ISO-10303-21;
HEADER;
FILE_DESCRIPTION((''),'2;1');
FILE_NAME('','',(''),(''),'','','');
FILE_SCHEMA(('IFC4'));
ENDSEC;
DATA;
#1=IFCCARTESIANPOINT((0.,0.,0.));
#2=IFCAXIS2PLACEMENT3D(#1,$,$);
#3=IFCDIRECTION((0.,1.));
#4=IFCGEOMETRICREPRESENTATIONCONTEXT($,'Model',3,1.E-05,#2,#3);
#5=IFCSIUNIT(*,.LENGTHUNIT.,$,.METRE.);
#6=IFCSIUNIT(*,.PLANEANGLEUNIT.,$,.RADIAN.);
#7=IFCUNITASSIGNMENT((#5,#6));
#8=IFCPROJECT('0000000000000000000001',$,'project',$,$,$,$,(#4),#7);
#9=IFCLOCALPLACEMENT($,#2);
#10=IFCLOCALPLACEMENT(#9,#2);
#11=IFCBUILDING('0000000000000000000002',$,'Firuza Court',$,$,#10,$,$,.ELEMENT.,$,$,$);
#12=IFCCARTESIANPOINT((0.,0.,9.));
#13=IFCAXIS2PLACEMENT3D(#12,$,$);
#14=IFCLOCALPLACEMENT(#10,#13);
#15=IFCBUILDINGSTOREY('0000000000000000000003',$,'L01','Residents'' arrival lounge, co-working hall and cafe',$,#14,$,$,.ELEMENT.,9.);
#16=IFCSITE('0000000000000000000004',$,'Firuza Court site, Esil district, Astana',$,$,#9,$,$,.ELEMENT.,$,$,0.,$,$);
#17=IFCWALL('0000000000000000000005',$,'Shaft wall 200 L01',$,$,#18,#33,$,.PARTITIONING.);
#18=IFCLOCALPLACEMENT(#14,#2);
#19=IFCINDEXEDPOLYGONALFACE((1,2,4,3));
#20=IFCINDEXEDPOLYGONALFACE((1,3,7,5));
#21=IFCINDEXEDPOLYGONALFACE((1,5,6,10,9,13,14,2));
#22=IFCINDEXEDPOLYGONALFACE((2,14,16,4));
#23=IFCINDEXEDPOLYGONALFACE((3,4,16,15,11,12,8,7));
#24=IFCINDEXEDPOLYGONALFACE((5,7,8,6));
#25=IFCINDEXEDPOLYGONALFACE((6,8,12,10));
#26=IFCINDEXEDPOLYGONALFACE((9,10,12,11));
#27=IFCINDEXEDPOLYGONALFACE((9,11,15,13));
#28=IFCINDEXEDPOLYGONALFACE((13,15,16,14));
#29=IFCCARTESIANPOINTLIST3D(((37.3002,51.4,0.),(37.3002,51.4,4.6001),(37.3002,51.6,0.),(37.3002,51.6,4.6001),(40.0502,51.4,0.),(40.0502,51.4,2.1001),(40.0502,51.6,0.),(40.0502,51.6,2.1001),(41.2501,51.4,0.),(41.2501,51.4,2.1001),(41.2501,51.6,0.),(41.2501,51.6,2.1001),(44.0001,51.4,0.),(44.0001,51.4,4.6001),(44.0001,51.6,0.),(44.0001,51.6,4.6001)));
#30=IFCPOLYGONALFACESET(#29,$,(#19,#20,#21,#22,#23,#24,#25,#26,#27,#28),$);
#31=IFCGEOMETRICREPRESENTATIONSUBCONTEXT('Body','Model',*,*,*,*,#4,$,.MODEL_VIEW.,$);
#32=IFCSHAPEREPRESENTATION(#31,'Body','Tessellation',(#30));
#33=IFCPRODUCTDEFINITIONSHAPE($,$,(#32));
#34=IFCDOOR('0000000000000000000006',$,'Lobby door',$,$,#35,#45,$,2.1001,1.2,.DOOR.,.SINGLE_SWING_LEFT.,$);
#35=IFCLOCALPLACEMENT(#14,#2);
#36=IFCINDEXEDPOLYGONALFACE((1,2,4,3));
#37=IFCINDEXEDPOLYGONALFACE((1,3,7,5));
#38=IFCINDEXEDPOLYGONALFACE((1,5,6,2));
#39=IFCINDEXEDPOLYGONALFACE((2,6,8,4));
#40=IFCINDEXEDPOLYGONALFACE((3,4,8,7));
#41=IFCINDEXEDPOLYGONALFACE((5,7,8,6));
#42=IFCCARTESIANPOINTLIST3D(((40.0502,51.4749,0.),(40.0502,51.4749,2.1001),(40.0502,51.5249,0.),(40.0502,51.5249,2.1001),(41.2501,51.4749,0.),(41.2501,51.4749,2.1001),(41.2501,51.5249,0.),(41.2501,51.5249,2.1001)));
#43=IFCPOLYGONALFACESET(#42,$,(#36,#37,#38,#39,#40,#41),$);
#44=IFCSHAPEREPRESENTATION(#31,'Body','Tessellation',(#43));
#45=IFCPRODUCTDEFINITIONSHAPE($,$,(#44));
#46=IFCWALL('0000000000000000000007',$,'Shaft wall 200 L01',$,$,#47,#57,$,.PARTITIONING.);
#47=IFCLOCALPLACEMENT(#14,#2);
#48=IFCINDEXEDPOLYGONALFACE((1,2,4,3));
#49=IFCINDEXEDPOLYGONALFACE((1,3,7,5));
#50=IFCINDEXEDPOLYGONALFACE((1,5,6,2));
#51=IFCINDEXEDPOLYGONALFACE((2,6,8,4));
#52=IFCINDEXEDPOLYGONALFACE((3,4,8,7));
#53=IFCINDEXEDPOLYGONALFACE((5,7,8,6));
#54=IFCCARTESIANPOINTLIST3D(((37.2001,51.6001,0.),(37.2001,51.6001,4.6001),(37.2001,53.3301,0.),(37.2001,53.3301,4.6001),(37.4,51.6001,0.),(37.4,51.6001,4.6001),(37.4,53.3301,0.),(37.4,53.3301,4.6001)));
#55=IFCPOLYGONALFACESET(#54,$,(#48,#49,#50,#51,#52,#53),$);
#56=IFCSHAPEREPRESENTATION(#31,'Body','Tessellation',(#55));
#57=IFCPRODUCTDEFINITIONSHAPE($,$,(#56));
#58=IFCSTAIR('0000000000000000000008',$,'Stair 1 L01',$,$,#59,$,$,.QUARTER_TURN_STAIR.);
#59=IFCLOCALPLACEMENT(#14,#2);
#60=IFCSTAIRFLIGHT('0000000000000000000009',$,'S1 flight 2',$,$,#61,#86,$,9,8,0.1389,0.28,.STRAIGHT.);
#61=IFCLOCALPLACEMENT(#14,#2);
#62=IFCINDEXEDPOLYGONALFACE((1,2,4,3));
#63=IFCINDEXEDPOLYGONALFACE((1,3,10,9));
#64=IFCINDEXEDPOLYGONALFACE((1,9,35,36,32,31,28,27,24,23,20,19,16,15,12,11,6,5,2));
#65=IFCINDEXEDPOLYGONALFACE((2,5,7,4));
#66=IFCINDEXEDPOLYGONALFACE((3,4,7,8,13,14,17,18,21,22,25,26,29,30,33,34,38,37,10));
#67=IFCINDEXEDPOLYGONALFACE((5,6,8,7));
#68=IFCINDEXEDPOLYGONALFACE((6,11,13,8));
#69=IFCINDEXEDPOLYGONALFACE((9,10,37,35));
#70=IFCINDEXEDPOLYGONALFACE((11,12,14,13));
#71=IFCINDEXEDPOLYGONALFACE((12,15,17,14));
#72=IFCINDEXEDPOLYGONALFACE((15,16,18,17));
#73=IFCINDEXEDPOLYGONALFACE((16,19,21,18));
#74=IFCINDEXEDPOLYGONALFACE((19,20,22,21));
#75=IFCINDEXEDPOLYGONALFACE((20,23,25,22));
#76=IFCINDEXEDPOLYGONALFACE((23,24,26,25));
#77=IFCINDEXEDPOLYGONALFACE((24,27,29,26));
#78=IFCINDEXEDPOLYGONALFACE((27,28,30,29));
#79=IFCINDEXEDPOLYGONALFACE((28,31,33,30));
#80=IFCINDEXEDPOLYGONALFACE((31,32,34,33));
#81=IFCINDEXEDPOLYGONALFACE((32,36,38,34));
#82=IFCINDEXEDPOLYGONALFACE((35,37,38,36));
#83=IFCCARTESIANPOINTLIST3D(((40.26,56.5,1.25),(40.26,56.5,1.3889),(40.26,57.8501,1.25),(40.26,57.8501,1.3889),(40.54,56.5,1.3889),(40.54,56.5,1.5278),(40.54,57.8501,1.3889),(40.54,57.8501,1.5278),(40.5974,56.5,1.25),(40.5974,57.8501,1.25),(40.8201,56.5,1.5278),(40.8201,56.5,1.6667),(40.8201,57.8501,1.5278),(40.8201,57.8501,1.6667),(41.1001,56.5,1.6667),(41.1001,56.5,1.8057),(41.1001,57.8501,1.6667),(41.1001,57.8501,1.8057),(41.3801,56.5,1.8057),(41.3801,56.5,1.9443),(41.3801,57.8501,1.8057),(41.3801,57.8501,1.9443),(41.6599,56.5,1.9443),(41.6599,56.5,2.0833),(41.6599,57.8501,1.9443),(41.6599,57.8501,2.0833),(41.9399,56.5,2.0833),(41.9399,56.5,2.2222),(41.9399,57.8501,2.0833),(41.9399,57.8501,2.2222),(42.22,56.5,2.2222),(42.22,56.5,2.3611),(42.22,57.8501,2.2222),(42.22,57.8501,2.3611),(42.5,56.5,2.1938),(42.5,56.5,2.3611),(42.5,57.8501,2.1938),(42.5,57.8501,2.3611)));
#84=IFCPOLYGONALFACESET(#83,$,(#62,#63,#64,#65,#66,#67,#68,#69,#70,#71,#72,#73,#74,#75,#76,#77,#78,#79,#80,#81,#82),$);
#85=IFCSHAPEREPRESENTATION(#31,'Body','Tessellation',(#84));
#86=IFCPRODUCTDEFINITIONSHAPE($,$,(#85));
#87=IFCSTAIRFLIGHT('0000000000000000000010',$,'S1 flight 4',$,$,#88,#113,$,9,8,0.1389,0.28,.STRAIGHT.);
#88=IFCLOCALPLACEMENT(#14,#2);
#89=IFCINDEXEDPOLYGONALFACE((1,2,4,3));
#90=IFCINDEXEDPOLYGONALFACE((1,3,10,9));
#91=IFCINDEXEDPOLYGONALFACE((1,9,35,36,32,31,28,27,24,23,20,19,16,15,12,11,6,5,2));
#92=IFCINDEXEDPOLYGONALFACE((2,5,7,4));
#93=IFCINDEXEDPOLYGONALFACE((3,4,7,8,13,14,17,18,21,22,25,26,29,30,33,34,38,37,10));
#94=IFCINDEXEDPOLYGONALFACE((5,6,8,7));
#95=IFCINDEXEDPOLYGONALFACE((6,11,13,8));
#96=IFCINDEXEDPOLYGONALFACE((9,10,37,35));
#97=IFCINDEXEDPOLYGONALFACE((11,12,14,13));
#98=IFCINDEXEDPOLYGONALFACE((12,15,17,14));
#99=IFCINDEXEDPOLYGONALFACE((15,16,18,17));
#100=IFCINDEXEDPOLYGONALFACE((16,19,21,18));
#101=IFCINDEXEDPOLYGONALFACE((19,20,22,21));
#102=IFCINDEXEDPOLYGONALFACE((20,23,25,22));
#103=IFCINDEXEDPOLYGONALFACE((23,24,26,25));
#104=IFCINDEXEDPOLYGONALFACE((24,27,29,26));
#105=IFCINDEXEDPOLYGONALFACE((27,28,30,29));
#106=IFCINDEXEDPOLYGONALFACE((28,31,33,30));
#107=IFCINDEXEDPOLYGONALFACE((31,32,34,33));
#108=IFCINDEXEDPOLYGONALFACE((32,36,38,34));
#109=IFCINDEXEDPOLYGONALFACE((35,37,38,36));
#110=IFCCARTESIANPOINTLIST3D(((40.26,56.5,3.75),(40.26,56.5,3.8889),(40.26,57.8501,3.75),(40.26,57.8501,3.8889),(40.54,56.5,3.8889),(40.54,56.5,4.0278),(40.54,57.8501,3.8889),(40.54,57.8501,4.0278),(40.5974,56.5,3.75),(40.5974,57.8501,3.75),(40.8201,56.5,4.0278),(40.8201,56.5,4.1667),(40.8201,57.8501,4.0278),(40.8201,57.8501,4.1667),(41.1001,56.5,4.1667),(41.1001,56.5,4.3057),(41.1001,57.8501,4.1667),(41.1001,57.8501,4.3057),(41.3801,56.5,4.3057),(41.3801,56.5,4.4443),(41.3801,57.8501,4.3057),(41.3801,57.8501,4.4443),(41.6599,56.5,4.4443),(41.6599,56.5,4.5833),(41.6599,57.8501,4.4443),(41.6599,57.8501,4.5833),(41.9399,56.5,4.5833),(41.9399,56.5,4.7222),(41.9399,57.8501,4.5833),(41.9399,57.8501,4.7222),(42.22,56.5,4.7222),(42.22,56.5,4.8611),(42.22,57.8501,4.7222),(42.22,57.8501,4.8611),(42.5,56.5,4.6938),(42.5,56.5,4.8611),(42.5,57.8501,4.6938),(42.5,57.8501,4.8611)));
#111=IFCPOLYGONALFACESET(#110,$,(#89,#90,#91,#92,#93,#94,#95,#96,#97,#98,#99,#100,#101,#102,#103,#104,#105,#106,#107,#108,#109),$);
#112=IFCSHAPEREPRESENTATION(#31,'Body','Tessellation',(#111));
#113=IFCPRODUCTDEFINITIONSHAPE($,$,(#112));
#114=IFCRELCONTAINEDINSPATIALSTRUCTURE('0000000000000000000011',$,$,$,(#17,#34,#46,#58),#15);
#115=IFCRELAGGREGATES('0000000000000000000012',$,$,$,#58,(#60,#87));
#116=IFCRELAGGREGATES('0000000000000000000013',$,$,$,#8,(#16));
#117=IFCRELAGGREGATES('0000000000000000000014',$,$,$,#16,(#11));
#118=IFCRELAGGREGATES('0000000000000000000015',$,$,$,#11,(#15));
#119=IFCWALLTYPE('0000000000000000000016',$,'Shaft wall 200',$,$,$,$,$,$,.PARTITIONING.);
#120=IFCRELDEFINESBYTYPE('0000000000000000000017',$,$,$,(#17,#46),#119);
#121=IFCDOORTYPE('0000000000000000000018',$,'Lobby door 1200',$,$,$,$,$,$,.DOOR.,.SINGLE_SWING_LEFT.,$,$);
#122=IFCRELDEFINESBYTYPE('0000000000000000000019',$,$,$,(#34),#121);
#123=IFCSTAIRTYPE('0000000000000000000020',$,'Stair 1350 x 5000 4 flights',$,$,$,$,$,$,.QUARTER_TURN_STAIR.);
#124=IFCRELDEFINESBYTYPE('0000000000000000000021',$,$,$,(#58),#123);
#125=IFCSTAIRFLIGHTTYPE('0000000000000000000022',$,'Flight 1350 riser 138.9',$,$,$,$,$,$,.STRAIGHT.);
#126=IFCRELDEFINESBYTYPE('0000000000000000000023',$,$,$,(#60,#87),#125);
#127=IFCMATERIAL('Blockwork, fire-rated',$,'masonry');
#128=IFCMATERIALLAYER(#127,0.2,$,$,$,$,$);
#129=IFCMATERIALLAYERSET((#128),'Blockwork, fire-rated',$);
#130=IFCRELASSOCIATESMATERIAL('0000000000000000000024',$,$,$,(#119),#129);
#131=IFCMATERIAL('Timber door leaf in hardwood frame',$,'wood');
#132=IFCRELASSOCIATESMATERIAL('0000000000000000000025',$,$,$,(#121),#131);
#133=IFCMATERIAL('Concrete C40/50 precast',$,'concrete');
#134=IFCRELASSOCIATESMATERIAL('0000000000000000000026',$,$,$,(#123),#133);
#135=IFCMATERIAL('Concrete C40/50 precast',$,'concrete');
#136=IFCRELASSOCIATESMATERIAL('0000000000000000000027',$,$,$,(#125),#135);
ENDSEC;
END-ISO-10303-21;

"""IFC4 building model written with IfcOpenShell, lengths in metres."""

from ifc_helpers import new_model, si_unit, direction, frame, frame_2d, origin, place, context, subcontext, project, spatial, polyline, rectangle, outline, extrude, material, layer, layer_set, type_object, element, fill, aggregate, save


model = new_model("IFC4")

# Units and contexts
model_context = context("Model", 3, precision=1e-05, world=origin(), true_north=direction((0.0, 1.0)))
body_context = subcontext(model_context, "Body", "Model", "MODEL_VIEW")
ifc_project = project(units=[si_unit("LENGTHUNIT", "METRE"), si_unit("PLANEANGLEUNIT", "RADIAN")], contexts=[model_context])

# Site, building, storey
site_placement = place(None, origin())
site = spatial("IfcSite", under=ifc_project, at=site_placement, Name="Firuza Court site, Esil district, Astana", CompositionType="ELEMENT", RefElevation=0.0)
building_placement = place(site_placement, origin())
building = spatial("IfcBuilding", under=site, at=building_placement, Name="Firuza Court", CompositionType="ELEMENT")
storey_placement = place(building_placement, frame((0.0, 0.0, 9.0)))
storey = spatial("IfcBuildingStorey", under=building, at=storey_placement, Name="L01", Description="Residents' arrival lounge, co-working hall and cafe", CompositionType="ELEMENT", Elevation=9.0)

# Shared definitions
ifc_material_1 = material(Name="Blockwork, fire-rated", Category="masonry")

# Shared definitions
ifc_layer_1 = layer(ifc_material_1, 0.2)
ifc_layer_set_1 = layer_set([ifc_layer_1], Name="Blockwork, fire-rated")
wall_type_1 = type_object("IfcWallType", Name="Shaft wall 200", PredefinedType="PARTITIONING", material=ifc_layer_set_1)

# Wall, opening, door
wall_1_placement = place(storey_placement, frame((37.3, 51.5, 0.0), z_axis=(0.0, 0.0, 1.0), x_axis=(1.0, 0.0, 0.0)))
wall_1 = element("IfcWall", 1, at=wall_1_placement, inside=storey, type_object=wall_type_1, Name="Shaft wall 200 L01", PredefinedType="PARTITIONING", context=body_context, shape_type="SweptSolid", body=[
    extrude(rectangle(XDim=6.7, YDim=0.2, at=frame_2d((3.3501, 0.0))), origin(), (0.0, 0.0, 1.0), 4.6001),
])
opening_1_placement = place(wall_1_placement, frame((2.75, 0.0, 0.0)))
opening_1 = element("IfcOpeningElement", 2, at=opening_1_placement, cuts=wall_1, PredefinedType="OPENING", context=body_context, shape_type="SweptSolid", body=[
    extrude(rectangle(XDim=1.2, YDim=2.1001, at=frame_2d((0.6001, 1.05))), frame((0.0, 0.1118, 0.0), z_axis=(0.0, -1.0, 0.0), x_axis=(1.0, 0.0, 0.0)), (0.0, 0.0, 1.0), 0.2239),
])
ifc_material_2 = material(Name="Timber door leaf in hardwood frame", Category="wood")
door_type_1 = type_object("IfcDoorType", Name="Lobby door 1200", OperationType="SINGLE_SWING_LEFT", PredefinedType="DOOR", material=ifc_material_2)
door_1_placement = place(opening_1_placement, origin())
door_1 = element("IfcDoor", 3, at=door_1_placement, inside=storey, type_object=door_type_1, Name="Lobby door", OperationType="SINGLE_SWING_LEFT", OverallHeight=2.1001, OverallWidth=1.2, PredefinedType="DOOR", context=body_context, shape_type="SweptSolid", body=[
    extrude(rectangle(XDim=1.2, YDim=2.1001, at=frame_2d((0.6001, 1.05))), frame((0.0, 0.0249, 0.0), z_axis=(0.0, -1.0, 0.0), x_axis=(1.0, 0.0, 0.0)), (0.0, 0.0, 1.0), 0.05),
])
fill(opening_1, door_1)

# Wall
wall_2_placement = place(storey_placement, frame((37.3, 51.6001, 0.0), z_axis=(0.0, 0.0, 1.0), x_axis=(0.0, 1.0, 0.0)))
element("IfcWall", 4, at=wall_2_placement, inside=storey, type_object=wall_type_1, Name="Shaft wall 200 L01", PredefinedType="PARTITIONING", context=body_context, shape_type="SweptSolid", body=[
    extrude(rectangle(XDim=1.73, YDim=0.2, at=frame_2d((0.865, 0.0))), origin(), (0.0, 0.0, 1.0), 4.6001),
])

# Stair, stair flights
ifc_material_3 = material(Name="Concrete C40/50 precast", Category="concrete")
stair_type = type_object("IfcStairType", Name="Stair 1350 x 5000 4 flights", PredefinedType="QUARTER_TURN_STAIR", material=ifc_material_3)
stair_placement = place(storey_placement, origin())
stair = element("IfcStair", 5, at=stair_placement, inside=storey, type_object=stair_type, Name="Stair 1 L01", PredefinedType="QUARTER_TURN_STAIR")
ifc_material_4 = material(Name="Concrete C40/50 precast", Category="concrete")
stair_flight_type = type_object("IfcStairFlightType", Name="Flight 1350 riser 138.9", PredefinedType="STRAIGHT", material=ifc_material_4)
stair_flight_1_placement = place(storey_placement, frame((40.26, 57.175, 1.25), z_axis=(0.0, 0.0, 1.0), x_axis=(1.0, 0.0, 0.0)))
stair_flight_1 = element("IfcStairFlight", 6, at=stair_flight_1_placement, type_object=stair_flight_type, Name="S1 flight 2", NumberOfRisers=9, NumberOfTreads=8, PredefinedType="STRAIGHT", RiserHeight=0.1389, TreadLength=0.28, context=body_context, shape_type="SweptSolid", body=[
    extrude(outline(polyline([(0.0, 0.0), (0.0, 0.1389), (0.28, 0.1389), (0.28, 0.2778), (0.5601, 0.2778), (0.5601, 0.4167), (0.8401, 0.4167), (0.8401, 0.5557), (1.1201, 0.5557), (1.1201, 0.6943), (1.3999, 0.6943), (1.3999, 0.8333), (1.6799, 0.8333), (1.6799, 0.9722), (1.96, 0.9722), (1.96, 1.1111), (2.24, 1.1111), (2.24, 1.25), (2.24, 0.9438), (0.3374, 0.0), (0.0, 0.0)])), frame((0.0, 0.675, 0.0), z_axis=(0.0, -1.0, 0.0), x_axis=(1.0, 0.0, 0.0)), (0.0, 0.0, 1.0), 1.3501),
])
stair_flight_2_placement = place(storey_placement, frame((40.26, 57.175, 3.75), z_axis=(0.0, 0.0, 1.0), x_axis=(1.0, 0.0, 0.0)))
stair_flight_2 = element("IfcStairFlight", 7, at=stair_flight_2_placement, type_object=stair_flight_type, Name="S1 flight 4", NumberOfRisers=9, NumberOfTreads=8, PredefinedType="STRAIGHT", RiserHeight=0.1389, TreadLength=0.28, context=body_context, shape_type="SweptSolid", body=[
    extrude(outline(polyline([(0.0, 0.0), (0.0, 0.1389), (0.28, 0.1389), (0.28, 0.2778), (0.5601, 0.2778), (0.5601, 0.4167), (0.8401, 0.4167), (0.8401, 0.5557), (1.1201, 0.5557), (1.1201, 0.6943), (1.3999, 0.6943), (1.3999, 0.8333), (1.6799, 0.8333), (1.6799, 0.9722), (1.96, 0.9722), (1.96, 1.1111), (2.24, 1.1111), (2.24, 1.25), (2.24, 0.9438), (0.3374, 0.0), (0.0, 0.0)])), frame((0.0, 0.675, 0.0), z_axis=(0.0, -1.0, 0.0), x_axis=(1.0, 0.0, 0.0)), (0.0, 0.0, 1.0), 1.3501),
])
aggregate(stair, [stair_flight_1, stair_flight_2])

save(model, "model.ifc")
